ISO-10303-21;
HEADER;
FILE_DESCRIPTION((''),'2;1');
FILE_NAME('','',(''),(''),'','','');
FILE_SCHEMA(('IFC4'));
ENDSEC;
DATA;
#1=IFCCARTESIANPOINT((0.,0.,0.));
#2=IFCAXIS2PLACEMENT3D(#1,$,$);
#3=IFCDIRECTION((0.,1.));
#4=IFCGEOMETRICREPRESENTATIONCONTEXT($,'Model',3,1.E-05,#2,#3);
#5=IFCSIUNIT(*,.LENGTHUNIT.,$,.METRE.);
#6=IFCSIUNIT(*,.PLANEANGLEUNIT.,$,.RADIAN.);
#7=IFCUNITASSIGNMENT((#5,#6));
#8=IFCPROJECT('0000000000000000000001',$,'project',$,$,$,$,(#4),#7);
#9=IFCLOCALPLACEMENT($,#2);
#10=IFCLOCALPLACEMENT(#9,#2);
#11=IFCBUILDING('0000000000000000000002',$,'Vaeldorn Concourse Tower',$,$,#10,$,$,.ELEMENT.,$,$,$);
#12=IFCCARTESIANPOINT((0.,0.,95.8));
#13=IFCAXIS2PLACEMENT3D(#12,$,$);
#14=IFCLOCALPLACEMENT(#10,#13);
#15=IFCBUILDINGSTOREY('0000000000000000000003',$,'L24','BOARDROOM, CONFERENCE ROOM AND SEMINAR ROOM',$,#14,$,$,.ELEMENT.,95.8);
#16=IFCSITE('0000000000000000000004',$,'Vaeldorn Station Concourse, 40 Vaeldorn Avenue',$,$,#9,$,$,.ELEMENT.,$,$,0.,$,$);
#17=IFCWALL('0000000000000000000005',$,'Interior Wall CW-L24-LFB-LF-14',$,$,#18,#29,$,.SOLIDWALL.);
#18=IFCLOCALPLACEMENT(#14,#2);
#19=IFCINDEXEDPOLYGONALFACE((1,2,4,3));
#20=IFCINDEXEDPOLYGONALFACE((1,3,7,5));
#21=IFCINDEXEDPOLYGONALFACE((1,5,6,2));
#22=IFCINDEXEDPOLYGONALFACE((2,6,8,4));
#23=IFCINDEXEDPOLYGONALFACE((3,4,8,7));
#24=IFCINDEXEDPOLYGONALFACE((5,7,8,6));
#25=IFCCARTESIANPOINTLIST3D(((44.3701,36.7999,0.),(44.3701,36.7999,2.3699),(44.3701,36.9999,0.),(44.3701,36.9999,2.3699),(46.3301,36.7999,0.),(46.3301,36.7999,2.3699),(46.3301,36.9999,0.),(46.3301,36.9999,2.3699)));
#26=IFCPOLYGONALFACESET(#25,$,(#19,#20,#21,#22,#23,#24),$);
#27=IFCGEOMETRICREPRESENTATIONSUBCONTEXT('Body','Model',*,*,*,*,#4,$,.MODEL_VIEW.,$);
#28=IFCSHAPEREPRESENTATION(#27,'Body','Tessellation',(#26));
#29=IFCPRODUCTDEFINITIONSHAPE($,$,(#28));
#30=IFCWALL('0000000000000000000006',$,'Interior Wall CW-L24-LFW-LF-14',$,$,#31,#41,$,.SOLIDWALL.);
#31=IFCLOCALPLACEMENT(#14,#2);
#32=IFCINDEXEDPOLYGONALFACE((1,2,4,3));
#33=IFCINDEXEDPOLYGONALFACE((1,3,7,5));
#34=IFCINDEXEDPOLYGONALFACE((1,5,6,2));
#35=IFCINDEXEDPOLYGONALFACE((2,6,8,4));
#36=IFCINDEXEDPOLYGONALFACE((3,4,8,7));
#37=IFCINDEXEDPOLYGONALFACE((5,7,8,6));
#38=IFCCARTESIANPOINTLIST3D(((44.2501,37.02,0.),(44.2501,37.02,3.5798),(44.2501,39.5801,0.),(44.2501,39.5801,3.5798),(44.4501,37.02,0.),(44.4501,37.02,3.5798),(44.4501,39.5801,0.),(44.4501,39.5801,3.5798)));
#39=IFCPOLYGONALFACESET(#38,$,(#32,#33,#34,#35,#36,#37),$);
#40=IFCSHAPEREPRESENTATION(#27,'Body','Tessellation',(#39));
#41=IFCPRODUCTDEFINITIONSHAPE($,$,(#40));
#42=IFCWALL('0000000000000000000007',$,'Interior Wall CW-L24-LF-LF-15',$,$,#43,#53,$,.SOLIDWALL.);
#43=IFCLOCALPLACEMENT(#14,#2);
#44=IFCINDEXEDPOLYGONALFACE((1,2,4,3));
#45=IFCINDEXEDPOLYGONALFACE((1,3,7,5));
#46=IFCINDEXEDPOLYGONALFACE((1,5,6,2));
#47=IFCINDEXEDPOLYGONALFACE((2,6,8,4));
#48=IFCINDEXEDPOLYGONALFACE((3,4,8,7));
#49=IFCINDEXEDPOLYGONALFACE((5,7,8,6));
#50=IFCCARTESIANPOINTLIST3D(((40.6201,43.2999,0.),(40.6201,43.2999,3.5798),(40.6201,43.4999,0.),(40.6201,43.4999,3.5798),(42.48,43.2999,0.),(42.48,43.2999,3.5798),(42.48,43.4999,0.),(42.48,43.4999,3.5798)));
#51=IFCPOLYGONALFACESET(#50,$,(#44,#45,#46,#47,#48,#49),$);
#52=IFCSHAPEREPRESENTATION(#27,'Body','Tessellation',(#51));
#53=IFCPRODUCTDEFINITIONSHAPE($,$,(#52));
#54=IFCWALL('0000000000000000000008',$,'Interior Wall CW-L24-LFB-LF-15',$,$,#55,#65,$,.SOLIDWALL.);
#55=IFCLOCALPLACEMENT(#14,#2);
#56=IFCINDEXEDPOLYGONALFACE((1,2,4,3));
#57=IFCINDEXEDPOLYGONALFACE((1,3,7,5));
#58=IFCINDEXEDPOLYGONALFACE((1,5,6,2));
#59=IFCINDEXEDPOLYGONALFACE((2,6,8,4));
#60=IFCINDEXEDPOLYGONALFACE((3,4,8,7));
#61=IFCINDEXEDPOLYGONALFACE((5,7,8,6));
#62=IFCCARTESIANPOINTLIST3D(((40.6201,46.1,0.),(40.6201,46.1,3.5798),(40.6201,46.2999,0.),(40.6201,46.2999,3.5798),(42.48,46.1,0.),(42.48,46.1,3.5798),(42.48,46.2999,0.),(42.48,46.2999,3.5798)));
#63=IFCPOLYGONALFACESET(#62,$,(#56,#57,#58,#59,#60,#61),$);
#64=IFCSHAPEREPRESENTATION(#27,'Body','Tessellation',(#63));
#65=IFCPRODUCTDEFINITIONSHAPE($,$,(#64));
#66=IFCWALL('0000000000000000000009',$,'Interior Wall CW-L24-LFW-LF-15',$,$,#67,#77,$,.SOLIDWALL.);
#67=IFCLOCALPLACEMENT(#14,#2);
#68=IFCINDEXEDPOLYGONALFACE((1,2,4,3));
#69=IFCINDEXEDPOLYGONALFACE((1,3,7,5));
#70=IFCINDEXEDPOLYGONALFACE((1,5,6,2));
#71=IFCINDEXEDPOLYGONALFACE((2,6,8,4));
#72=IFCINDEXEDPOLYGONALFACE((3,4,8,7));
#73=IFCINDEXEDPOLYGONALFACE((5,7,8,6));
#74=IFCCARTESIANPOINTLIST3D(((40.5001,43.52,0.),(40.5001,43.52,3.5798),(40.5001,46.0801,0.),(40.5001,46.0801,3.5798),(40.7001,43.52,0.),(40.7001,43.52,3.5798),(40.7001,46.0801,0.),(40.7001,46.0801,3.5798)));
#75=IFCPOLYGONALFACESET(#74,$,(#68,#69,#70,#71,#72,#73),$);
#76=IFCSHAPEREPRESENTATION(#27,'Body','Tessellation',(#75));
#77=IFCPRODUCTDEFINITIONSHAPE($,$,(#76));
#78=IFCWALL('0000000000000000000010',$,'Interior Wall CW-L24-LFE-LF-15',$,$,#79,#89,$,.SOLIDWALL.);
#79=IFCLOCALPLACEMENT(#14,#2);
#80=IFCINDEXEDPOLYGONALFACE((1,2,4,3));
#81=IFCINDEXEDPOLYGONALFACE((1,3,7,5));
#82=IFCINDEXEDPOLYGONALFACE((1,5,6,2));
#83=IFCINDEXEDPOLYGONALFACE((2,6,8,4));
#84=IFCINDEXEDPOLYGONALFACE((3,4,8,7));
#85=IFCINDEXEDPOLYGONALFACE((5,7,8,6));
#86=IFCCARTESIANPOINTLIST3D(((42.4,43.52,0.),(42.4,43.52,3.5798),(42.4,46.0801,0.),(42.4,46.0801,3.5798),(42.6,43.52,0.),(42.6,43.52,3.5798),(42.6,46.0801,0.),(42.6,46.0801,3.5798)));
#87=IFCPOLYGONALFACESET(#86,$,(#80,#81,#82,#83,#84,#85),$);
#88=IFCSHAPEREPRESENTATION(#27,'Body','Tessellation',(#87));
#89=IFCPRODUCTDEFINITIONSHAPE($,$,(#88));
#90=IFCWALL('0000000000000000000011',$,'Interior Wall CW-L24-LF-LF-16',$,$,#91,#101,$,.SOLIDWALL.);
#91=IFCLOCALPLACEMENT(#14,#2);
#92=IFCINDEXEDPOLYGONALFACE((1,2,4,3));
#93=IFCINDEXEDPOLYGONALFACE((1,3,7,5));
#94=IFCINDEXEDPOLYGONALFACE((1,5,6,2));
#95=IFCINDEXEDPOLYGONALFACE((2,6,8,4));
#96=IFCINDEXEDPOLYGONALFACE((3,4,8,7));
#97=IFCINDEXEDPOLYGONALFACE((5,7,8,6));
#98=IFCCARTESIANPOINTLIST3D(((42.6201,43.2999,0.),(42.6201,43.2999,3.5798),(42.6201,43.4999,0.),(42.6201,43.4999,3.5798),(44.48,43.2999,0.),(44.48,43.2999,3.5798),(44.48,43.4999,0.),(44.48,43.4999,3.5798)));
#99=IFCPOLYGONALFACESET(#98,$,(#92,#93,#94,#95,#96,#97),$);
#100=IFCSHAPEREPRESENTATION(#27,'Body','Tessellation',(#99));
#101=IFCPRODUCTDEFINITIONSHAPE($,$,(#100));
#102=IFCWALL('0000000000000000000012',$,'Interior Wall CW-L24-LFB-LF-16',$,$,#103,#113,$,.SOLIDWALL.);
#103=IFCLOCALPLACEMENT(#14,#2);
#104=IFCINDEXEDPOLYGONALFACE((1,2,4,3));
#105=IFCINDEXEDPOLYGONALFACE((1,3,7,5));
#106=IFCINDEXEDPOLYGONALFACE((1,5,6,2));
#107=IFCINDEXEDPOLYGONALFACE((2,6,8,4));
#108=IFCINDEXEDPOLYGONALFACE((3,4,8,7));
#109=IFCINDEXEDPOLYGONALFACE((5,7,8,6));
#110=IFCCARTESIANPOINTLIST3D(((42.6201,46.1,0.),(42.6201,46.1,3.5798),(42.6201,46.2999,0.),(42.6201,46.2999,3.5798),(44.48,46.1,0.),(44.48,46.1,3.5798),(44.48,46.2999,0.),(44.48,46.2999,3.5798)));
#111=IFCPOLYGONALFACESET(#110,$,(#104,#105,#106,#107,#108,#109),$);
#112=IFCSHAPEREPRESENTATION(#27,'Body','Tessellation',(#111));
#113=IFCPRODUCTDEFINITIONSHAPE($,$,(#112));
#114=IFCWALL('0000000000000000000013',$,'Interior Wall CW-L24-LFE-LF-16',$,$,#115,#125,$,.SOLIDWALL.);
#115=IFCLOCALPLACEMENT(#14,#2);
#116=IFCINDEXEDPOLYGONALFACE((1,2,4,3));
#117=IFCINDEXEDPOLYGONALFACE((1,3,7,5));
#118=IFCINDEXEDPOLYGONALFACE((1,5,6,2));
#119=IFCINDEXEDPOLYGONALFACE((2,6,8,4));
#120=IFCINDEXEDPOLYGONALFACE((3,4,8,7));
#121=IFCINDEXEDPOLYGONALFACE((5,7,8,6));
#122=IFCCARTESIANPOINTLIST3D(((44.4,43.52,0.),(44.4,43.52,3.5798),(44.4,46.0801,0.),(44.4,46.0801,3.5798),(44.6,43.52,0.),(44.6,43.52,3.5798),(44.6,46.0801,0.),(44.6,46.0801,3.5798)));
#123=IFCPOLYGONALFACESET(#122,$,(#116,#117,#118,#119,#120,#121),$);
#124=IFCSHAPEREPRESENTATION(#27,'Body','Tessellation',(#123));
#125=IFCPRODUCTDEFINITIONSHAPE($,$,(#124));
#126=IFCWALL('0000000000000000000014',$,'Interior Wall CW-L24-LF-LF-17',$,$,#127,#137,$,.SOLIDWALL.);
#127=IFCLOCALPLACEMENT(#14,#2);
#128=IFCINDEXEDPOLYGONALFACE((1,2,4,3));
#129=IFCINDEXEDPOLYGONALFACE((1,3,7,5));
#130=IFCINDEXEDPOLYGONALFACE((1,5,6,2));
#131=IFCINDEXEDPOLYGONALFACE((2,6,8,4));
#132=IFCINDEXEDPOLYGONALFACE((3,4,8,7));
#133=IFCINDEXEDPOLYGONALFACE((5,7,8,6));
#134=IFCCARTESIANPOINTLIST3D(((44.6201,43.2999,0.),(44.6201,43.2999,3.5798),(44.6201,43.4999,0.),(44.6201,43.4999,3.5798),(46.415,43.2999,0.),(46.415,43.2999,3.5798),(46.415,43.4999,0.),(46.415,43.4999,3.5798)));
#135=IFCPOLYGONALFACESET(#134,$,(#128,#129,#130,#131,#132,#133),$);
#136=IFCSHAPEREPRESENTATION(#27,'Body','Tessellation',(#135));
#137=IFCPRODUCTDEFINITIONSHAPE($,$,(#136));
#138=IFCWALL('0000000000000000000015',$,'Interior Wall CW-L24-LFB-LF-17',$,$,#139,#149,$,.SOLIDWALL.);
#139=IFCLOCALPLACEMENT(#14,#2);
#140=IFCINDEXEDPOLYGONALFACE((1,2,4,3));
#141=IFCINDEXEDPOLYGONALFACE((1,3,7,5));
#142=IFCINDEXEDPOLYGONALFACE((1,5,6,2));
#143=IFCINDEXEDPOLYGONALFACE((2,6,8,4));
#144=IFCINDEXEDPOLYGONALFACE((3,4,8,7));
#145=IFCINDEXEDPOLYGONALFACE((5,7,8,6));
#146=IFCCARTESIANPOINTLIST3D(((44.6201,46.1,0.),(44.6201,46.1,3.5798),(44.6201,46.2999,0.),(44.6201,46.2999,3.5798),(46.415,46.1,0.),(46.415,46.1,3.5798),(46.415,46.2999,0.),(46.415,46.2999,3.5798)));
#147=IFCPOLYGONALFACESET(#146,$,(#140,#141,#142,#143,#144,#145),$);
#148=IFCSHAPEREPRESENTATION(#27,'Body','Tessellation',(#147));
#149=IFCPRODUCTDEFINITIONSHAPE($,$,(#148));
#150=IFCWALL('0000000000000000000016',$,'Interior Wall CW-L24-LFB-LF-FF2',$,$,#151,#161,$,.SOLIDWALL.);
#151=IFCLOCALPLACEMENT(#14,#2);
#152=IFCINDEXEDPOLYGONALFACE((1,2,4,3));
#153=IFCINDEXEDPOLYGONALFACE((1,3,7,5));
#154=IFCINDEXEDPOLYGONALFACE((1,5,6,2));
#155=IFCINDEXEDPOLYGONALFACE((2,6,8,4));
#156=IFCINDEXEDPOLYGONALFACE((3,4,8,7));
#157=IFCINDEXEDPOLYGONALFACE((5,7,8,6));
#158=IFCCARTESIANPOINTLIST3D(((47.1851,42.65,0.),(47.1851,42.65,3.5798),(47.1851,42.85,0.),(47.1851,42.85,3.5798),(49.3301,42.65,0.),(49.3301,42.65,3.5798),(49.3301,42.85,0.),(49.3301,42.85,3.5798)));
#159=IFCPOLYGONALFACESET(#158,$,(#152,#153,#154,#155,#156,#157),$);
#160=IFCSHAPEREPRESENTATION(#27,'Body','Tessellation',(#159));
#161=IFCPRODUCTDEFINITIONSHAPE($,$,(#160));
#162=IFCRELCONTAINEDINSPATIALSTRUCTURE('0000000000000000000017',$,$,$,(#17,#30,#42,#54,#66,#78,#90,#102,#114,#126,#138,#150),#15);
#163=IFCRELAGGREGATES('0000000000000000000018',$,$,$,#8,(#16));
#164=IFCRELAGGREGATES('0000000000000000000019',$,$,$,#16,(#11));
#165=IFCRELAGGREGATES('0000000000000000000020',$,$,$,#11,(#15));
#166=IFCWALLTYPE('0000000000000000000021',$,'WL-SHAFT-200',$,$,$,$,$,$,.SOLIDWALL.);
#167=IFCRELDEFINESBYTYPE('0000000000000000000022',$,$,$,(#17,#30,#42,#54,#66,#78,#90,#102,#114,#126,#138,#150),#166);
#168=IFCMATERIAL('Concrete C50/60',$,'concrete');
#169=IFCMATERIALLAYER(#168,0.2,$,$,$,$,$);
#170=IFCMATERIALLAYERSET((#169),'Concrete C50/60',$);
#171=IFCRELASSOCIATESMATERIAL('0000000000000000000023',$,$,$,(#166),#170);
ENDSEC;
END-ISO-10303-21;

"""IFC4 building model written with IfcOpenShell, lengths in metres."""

from ifc_helpers import new_model, si_unit, direction, frame, frame_2d, origin, place, context, subcontext, project, spatial, rectangle, extrude, material, layer, layer_set, type_object, element, save


model = new_model("IFC4")

# Units and contexts
model_context = context("Model", 3, precision=1e-05, world=origin(), true_north=direction((0.0, 1.0)))
body_context = subcontext(model_context, "Body", "Model", "MODEL_VIEW")
ifc_project = project(units=[si_unit("LENGTHUNIT", "METRE"), si_unit("PLANEANGLEUNIT", "RADIAN")], contexts=[model_context])

# Site, building, storey
site_placement = place(None, origin())
site = spatial("IfcSite", under=ifc_project, at=site_placement, Name="Vaeldorn Station Concourse, 40 Vaeldorn Avenue", CompositionType="ELEMENT", RefElevation=0.0)
building_placement = place(site_placement, origin())
building = spatial("IfcBuilding", under=site, at=building_placement, Name="Vaeldorn Concourse Tower", CompositionType="ELEMENT")
storey_placement = place(building_placement, frame((0.0, 0.0, 95.8)))
storey = spatial("IfcBuildingStorey", under=building, at=storey_placement, Name="L24", Description="BOARDROOM, CONFERENCE ROOM AND SEMINAR ROOM", CompositionType="ELEMENT", Elevation=95.8)

# Shared definitions
ifc_material_1 = material(Name="Concrete C50/60", Category="concrete")
ifc_layer_1 = layer(ifc_material_1, 0.2)
ifc_layer_set_1 = layer_set([ifc_layer_1], Name="Concrete C50/60")
wall_type_1 = type_object("IfcWallType", Name="WL-SHAFT-200", PredefinedType="SOLIDWALL", material=ifc_layer_set_1)

# Walls
wall_1_placement = place(storey_placement, frame((44.3701, 36.8999, 0.0), z_axis=(0.0, 0.0, 1.0), x_axis=(1.0, 0.0, 0.0)))
element("IfcWall", 1, at=wall_1_placement, inside=storey, type_object=wall_type_1, Name="Interior Wall CW-L24-LFB-LF-14", PredefinedType="SOLIDWALL", context=body_context, shape_type="SweptSolid", body=[
    extrude(rectangle(XDim=1.96, YDim=0.2, at=frame_2d((0.98, 0.0))), origin(), (0.0, 0.0, 1.0), 2.3699),
])
wall_2_placement = place(storey_placement, frame((44.3501, 37.02, 0.0), z_axis=(0.0, 0.0, 1.0), x_axis=(0.0, 1.0, 0.0)))
element("IfcWall", 2, at=wall_2_placement, inside=storey, type_object=wall_type_1, Name="Interior Wall CW-L24-LFW-LF-14", PredefinedType="SOLIDWALL", context=body_context, shape_type="SweptSolid", body=[
    extrude(rectangle(XDim=2.5601, YDim=0.2, at=frame_2d((1.28, 0.0))), origin(), (0.0, 0.0, 1.0), 3.5798),
])
for number, where, z_axis, x_axis, name in (
    (3, (40.6201, 43.3999, 0.0), (0.0, 0.0, 1.0), (1.0, 0.0, 0.0), "Interior Wall CW-L24-LF-LF-15"),
    (4, (40.6201, 46.2, 0.0), (0.0, 0.0, 1.0), (1.0, 0.0, 0.0), "Interior Wall CW-L24-LFB-LF-15"),
):
    element("IfcWall", number, at=place(storey_placement, frame(where, z_axis=z_axis, x_axis=x_axis)), inside=storey, type_object=wall_type_1, Name=name, PredefinedType="SOLIDWALL", context=body_context, shape_type="SweptSolid", body=[
        extrude(rectangle(XDim=1.8599, YDim=0.2, at=frame_2d((0.9299, 0.0))), origin(), (0.0, 0.0, 1.0), 3.5798),
    ])
for number, where, z_axis, x_axis, name in (
    (5, (40.6001, 43.52, 0.0), (0.0, 0.0, 1.0), (0.0, 1.0, 0.0), "Interior Wall CW-L24-LFW-LF-15"),
    (6, (42.5, 43.52, 0.0), (0.0, 0.0, 1.0), (0.0, 1.0, 0.0), "Interior Wall CW-L24-LFE-LF-15"),
):
    element("IfcWall", number, at=place(storey_placement, frame(where, z_axis=z_axis, x_axis=x_axis)), inside=storey, type_object=wall_type_1, Name=name, PredefinedType="SOLIDWALL", context=body_context, shape_type="SweptSolid", body=[
        extrude(rectangle(XDim=2.5601, YDim=0.2, at=frame_2d((1.28, 0.0))), origin(), (0.0, 0.0, 1.0), 3.5798),
    ])
for number, where, z_axis, x_axis, name in (
    (7, (42.6201, 43.3999, 0.0), (0.0, 0.0, 1.0), (1.0, 0.0, 0.0), "Interior Wall CW-L24-LF-LF-16"),
    (8, (42.6201, 46.2, 0.0), (0.0, 0.0, 1.0), (1.0, 0.0, 0.0), "Interior Wall CW-L24-LFB-LF-16"),
):
    element("IfcWall", number, at=place(storey_placement, frame(where, z_axis=z_axis, x_axis=x_axis)), inside=storey, type_object=wall_type_1, Name=name, PredefinedType="SOLIDWALL", context=body_context, shape_type="SweptSolid", body=[
        extrude(rectangle(XDim=1.8599, YDim=0.2, at=frame_2d((0.9299, 0.0))), origin(), (0.0, 0.0, 1.0), 3.5798),
    ])
wall_3_placement = place(storey_placement, frame((44.5, 43.52, 0.0), z_axis=(0.0, 0.0, 1.0), x_axis=(0.0, 1.0, 0.0)))
element("IfcWall", 9, at=wall_3_placement, inside=storey, type_object=wall_type_1, Name="Interior Wall CW-L24-LFE-LF-16", PredefinedType="SOLIDWALL", context=body_context, shape_type="SweptSolid", body=[
    extrude(rectangle(XDim=2.5601, YDim=0.2, at=frame_2d((1.28, 0.0))), origin(), (0.0, 0.0, 1.0), 3.5798),
])
for number, where, z_axis, x_axis, name in (
    (10, (44.6201, 43.3999, 0.0), (0.0, 0.0, 1.0), (1.0, 0.0, 0.0), "Interior Wall CW-L24-LF-LF-17"),
    (11, (44.6201, 46.2, 0.0), (0.0, 0.0, 1.0), (1.0, 0.0, 0.0), "Interior Wall CW-L24-LFB-LF-17"),
):
    element("IfcWall", number, at=place(storey_placement, frame(where, z_axis=z_axis, x_axis=x_axis)), inside=storey, type_object=wall_type_1, Name=name, PredefinedType="SOLIDWALL", context=body_context, shape_type="SweptSolid", body=[
        extrude(rectangle(XDim=1.7949, YDim=0.2, at=frame_2d((0.8975, 0.0))), origin(), (0.0, 0.0, 1.0), 3.5798),
    ])

# Wall
wall_4_placement = place(storey_placement, frame((47.1851, 42.75, 0.0), z_axis=(0.0, 0.0, 1.0), x_axis=(1.0, 0.0, 0.0)))
element("IfcWall", 12, at=wall_4_placement, inside=storey, type_object=wall_type_1, Name="Interior Wall CW-L24-LFB-LF-FF2", PredefinedType="SOLIDWALL", context=body_context, shape_type="SweptSolid", body=[
    extrude(rectangle(XDim=2.145, YDim=0.2, at=frame_2d((1.0725, 0.0))), origin(), (0.0, 0.0, 1.0), 3.5798),
])

save(model, "model.ifc")
